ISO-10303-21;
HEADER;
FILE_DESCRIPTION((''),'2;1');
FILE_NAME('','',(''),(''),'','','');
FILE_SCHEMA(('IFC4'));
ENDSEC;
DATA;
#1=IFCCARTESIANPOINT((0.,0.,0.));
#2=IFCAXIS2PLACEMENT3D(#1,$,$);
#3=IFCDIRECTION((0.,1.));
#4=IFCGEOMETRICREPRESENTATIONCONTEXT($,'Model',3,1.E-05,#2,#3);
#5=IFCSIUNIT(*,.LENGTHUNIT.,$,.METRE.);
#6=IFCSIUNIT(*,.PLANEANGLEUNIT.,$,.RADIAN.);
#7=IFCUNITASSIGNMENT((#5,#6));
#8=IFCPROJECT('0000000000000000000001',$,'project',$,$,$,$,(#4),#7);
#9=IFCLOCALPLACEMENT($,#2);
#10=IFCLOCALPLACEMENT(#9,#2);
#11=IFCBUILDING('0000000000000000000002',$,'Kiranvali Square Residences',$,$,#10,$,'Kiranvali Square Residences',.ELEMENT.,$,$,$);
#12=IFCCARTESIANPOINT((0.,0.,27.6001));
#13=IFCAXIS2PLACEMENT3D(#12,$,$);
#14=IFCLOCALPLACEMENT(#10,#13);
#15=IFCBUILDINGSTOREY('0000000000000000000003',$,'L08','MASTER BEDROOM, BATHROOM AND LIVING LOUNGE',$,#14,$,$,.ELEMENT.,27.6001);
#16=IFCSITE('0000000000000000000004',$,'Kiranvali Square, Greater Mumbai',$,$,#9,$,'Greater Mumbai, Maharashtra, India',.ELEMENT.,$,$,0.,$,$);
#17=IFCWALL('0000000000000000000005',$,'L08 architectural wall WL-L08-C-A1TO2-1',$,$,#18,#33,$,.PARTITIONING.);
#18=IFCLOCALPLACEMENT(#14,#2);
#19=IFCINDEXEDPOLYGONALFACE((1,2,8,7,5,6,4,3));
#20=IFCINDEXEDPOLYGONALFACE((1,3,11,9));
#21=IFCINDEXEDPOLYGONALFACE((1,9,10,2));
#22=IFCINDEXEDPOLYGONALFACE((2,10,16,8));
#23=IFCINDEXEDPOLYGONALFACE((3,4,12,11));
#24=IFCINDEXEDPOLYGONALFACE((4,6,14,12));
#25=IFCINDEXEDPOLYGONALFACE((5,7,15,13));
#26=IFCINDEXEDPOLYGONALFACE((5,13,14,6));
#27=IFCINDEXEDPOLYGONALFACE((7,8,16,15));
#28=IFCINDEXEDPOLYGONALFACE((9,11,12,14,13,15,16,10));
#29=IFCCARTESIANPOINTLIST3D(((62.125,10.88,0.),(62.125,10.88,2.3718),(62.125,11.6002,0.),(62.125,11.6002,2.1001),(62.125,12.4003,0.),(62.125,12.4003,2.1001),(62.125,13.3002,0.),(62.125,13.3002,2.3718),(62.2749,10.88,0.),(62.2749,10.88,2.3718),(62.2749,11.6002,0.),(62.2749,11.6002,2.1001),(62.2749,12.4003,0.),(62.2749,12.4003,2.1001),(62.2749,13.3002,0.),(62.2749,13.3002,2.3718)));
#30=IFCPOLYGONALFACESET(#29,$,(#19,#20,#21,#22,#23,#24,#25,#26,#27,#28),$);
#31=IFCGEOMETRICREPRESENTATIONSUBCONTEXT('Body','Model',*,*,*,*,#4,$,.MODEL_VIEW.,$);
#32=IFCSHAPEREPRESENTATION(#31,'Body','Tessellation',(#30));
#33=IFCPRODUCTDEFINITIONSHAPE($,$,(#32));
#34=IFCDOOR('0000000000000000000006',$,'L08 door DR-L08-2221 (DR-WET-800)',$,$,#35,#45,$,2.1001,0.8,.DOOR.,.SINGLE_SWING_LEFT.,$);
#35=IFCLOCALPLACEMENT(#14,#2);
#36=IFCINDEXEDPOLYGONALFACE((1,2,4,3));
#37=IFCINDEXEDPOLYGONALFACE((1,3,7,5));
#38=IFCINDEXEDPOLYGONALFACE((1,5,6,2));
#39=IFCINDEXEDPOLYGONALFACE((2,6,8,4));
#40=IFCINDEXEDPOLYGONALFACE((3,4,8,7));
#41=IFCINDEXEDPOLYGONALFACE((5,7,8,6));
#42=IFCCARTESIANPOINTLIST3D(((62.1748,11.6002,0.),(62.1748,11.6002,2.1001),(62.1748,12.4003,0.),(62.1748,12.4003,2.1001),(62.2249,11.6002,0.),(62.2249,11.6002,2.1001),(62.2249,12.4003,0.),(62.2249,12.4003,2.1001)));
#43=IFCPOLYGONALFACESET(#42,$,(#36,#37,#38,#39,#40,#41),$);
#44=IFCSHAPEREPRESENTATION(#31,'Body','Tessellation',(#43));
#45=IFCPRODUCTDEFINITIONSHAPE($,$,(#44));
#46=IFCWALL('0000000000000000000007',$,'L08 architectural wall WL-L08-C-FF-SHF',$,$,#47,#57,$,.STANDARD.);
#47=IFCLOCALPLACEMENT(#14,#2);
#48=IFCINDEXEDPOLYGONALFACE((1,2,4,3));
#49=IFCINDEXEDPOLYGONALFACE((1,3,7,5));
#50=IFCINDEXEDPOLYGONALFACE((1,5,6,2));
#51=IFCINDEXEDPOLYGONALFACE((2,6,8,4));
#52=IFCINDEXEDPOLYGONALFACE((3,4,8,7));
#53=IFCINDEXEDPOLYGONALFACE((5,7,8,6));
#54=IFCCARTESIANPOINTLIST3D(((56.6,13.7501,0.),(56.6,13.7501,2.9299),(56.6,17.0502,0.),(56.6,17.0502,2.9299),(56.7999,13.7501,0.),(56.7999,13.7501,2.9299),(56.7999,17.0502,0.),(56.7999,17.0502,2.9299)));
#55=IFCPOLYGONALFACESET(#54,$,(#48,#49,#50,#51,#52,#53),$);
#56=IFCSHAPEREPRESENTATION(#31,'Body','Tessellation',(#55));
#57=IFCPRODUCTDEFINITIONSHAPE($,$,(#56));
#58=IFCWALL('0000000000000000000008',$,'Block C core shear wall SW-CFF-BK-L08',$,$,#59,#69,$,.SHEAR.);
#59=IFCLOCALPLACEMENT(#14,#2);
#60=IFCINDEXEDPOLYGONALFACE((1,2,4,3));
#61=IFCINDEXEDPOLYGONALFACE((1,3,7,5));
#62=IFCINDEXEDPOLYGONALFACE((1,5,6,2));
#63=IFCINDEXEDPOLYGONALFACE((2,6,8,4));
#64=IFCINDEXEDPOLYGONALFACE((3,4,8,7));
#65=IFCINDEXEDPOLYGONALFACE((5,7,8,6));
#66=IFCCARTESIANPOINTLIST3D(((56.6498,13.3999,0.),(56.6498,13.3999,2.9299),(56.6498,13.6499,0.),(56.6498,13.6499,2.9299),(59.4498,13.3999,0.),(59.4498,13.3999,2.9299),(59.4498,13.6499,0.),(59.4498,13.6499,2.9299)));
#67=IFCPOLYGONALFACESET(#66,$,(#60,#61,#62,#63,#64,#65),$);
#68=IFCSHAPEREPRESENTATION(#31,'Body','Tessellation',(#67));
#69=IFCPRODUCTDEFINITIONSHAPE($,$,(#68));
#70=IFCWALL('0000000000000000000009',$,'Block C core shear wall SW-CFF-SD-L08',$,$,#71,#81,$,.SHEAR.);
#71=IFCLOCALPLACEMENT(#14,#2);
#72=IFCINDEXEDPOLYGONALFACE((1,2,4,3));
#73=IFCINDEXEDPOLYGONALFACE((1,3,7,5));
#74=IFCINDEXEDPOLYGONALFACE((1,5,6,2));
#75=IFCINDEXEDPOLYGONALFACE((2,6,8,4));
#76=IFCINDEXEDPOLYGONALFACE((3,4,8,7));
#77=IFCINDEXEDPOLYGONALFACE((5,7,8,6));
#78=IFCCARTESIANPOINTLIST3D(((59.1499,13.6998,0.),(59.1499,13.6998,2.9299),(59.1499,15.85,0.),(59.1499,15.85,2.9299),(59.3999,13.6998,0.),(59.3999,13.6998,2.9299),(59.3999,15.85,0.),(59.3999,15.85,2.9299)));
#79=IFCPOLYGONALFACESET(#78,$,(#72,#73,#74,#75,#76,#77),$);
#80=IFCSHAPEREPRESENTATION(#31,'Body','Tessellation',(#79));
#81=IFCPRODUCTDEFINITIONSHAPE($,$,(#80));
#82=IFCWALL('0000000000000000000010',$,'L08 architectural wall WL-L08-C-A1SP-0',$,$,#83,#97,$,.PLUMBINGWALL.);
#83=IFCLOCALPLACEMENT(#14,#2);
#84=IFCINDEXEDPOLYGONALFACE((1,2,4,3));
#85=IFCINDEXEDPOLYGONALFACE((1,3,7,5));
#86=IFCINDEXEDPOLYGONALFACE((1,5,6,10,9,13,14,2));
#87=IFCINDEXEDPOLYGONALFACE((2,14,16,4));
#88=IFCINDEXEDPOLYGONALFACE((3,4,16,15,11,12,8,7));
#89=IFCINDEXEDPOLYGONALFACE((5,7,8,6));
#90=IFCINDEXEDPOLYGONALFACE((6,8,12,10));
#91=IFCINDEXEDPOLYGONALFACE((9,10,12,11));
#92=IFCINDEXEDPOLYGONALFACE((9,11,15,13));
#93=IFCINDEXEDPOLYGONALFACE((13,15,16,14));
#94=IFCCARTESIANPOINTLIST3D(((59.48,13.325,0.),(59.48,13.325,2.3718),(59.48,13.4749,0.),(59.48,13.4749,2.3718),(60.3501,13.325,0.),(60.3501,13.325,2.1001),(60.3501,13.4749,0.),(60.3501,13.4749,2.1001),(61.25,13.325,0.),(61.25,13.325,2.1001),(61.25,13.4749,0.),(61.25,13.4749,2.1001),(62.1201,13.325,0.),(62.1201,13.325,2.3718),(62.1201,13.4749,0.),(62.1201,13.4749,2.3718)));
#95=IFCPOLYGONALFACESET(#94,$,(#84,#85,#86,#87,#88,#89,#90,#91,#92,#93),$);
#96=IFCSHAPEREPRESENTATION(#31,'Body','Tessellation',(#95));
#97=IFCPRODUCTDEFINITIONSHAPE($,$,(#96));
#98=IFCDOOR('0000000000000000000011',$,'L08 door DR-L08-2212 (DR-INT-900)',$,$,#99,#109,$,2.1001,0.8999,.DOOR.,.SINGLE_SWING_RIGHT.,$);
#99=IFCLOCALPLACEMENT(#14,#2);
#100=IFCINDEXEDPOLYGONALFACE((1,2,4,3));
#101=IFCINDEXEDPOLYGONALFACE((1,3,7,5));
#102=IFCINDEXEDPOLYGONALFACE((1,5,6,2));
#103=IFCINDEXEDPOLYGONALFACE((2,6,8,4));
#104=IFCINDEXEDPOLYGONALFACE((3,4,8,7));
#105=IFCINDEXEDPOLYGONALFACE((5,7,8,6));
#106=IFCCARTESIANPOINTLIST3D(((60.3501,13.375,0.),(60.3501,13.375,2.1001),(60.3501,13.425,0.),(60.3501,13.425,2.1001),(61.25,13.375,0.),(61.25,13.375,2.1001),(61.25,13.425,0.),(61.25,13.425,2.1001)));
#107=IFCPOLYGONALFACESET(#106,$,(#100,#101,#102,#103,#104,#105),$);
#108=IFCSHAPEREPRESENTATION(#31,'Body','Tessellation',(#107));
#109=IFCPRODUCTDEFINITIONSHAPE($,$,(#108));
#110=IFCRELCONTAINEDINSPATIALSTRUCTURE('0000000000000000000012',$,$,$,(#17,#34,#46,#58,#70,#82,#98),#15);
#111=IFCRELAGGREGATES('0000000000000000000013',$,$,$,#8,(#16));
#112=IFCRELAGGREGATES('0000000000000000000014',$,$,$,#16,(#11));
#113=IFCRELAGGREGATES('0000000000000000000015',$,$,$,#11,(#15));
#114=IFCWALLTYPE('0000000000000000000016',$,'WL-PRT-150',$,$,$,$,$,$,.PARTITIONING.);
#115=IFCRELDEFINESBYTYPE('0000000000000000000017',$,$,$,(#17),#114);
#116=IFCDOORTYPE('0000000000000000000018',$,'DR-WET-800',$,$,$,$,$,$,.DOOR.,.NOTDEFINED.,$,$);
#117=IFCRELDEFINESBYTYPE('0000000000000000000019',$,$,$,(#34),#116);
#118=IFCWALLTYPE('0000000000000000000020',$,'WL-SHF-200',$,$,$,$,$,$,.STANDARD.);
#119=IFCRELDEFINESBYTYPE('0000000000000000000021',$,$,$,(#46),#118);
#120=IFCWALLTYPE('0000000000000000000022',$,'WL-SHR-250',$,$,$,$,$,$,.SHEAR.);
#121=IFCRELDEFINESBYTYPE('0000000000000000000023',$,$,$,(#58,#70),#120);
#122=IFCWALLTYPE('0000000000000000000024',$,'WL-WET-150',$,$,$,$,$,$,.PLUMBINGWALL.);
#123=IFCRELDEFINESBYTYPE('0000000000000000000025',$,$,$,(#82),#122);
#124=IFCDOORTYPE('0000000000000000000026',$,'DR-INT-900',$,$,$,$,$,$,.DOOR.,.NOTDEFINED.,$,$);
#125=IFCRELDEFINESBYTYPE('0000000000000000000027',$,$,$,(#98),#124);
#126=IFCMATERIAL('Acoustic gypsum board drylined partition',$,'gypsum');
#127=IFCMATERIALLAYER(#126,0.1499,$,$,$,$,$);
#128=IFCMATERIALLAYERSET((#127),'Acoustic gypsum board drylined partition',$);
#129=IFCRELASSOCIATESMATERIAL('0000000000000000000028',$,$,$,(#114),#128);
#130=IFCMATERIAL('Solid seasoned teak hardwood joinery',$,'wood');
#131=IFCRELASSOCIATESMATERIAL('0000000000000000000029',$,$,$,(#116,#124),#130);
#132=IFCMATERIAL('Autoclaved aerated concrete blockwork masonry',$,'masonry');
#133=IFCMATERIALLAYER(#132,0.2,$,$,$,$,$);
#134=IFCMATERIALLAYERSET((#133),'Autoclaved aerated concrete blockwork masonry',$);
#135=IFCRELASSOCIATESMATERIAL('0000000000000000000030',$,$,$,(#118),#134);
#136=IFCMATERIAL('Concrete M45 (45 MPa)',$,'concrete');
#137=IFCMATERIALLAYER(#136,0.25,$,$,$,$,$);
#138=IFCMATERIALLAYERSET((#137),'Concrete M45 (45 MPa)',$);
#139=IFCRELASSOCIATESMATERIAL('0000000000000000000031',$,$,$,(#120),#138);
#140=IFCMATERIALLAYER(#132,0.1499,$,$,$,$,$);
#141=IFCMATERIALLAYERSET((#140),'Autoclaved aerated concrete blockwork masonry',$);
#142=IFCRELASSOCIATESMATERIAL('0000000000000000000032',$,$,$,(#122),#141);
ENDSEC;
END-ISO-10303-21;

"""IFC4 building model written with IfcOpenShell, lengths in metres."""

from ifc_helpers import new_model, si_unit, direction, frame, frame_2d, origin, place, context, subcontext, project, spatial, rectangle, extrude, material, layer, layer_set, type_object, element, fill, save


model = new_model("IFC4")

# Units and contexts
model_context = context("Model", 3, precision=1e-05, world=origin(), true_north=direction((0.0, 1.0)))
body_context = subcontext(model_context, "Body", "Model", "MODEL_VIEW")
ifc_project = project(units=[si_unit("LENGTHUNIT", "METRE"), si_unit("PLANEANGLEUNIT", "RADIAN")], contexts=[model_context])

# Site, building, storey
site_placement = place(None, origin())
site = spatial("IfcSite", under=ifc_project, at=site_placement, Name="Kiranvali Square, Greater Mumbai", LongName="Greater Mumbai, Maharashtra, India", CompositionType="ELEMENT", RefElevation=0.0)
building_placement = place(site_placement, origin())
building = spatial("IfcBuilding", under=site, at=building_placement, Name="Kiranvali Square Residences", LongName="Kiranvali Square Residences", CompositionType="ELEMENT")
storey_placement = place(building_placement, frame((0.0, 0.0, 27.6001)))
storey = spatial("IfcBuildingStorey", under=building, at=storey_placement, Name="L08", Description="MASTER BEDROOM, BATHROOM AND LIVING LOUNGE", CompositionType="ELEMENT", Elevation=27.6001)

# Shared definitions
ifc_material_1 = material(Name="Concrete M45 (45 MPa)", Category="concrete")

# Wall, opening, door
ifc_material_2 = material(Name="Autoclaved aerated concrete blockwork masonry", Category="masonry")
ifc_material_3 = material(Name="Acoustic gypsum board drylined partition", Category="gypsum")
ifc_layer_1 = layer(ifc_material_3, 0.1499)
ifc_layer_set_1 = layer_set([ifc_layer_1], Name="Acoustic gypsum board drylined partition")
wall_type_1 = type_object("IfcWallType", Name="WL-PRT-150", PredefinedType="PARTITIONING", material=ifc_layer_set_1)
ifc_material_4 = material(Name="Solid seasoned teak hardwood joinery", Category="wood")
door_type_1 = type_object("IfcDoorType", Name="DR-WET-800", OperationType="NOTDEFINED", PredefinedType="DOOR", material=ifc_material_4)
wall_1_placement = place(storey_placement, frame((62.2, 13.3, 0.0), z_axis=(0.0, 0.0, 1.0), x_axis=(0.0, -1.0, 0.0)))
wall_1 = element("IfcWall", 1, at=wall_1_placement, inside=storey, type_object=wall_type_1, Name="L08 architectural wall WL-L08-C-A1TO2-1", PredefinedType="PARTITIONING", context=body_context, shape_type="SweptSolid", body=[
    extrude(rectangle(XDim=2.4202, YDim=0.1499, at=frame_2d((1.21, 0.0))), origin(), (0.0, 0.0, 1.0), 2.3718),
])
opening_1_placement = place(wall_1_placement, frame((0.8999, 0.0, 0.0)))
opening_1 = element("IfcOpeningElement", 2, at=opening_1_placement, cuts=wall_1, PredefinedType="OPENING", context=body_context, shape_type="SweptSolid", body=[
    extrude(rectangle(XDim=0.8, YDim=2.1001, at=frame_2d((0.3999, 1.05))), frame((0.0, 0.085, 0.0), z_axis=(0.0, -1.0, 0.0), x_axis=(1.0, 0.0, 0.0)), (0.0, 0.0, 1.0), 0.1699),
])
door_1_placement = place(opening_1_placement, origin())
door_1 = element("IfcDoor", 3, at=door_1_placement, inside=storey, type_object=door_type_1, Name="L08 door DR-L08-2221 (DR-WET-800)", OperationType="SINGLE_SWING_LEFT", OverallHeight=2.1001, OverallWidth=0.8, PredefinedType="DOOR", context=body_context, shape_type="SweptSolid", body=[
    extrude(rectangle(XDim=0.8, YDim=2.1001, at=frame_2d((0.3999, 1.05))), frame((0.0, 0.0249, 0.0), z_axis=(0.0, -1.0, 0.0), x_axis=(1.0, 0.0, 0.0)), (0.0, 0.0, 1.0), 0.05),
])
fill(opening_1, door_1)

# Walls
ifc_layer_2 = layer(ifc_material_2, 0.2)
ifc_layer_set_2 = layer_set([ifc_layer_2], Name="Autoclaved aerated concrete blockwork masonry")
wall_type_2 = type_object("IfcWallType", Name="WL-SHF-200", PredefinedType="STANDARD", material=ifc_layer_set_2)
wall_2_placement = place(storey_placement, frame((56.7, 17.05, 0.0), z_axis=(0.0, 0.0, 1.0), x_axis=(0.0, -1.0, 0.0)))
element("IfcWall", 4, at=wall_2_placement, inside=storey, type_object=wall_type_2, Name="L08 architectural wall WL-L08-C-FF-SHF", PredefinedType="STANDARD", context=body_context, shape_type="SweptSolid", body=[
    extrude(rectangle(XDim=3.3, YDim=0.2, at=frame_2d((1.6499, 0.0))), origin(), (0.0, 0.0, 1.0), 2.9299),
])
ifc_layer_3 = layer(ifc_material_1, 0.25)
ifc_layer_set_3 = layer_set([ifc_layer_3], Name="Concrete M45 (45 MPa)")
wall_type_3 = type_object("IfcWallType", Name="WL-SHR-250", PredefinedType="SHEAR", material=ifc_layer_set_3)
wall_3_placement = place(storey_placement, frame((56.6499, 13.5249, 0.0), z_axis=(0.0, 0.0, 1.0), x_axis=(1.0, 0.0, 0.0)))
element("IfcWall", 5, at=wall_3_placement, inside=storey, type_object=wall_type_3, Name="Block C core shear wall SW-CFF-BK-L08", PredefinedType="SHEAR", context=body_context, shape_type="SweptSolid", body=[
    extrude(rectangle(XDim=2.8, YDim=0.25, at=frame_2d((1.3999, 0.0))), origin(), (0.0, 0.0, 1.0), 2.9299),
])
wall_4_placement = place(storey_placement, frame((59.2749, 15.8501, 0.0), z_axis=(0.0, 0.0, 1.0), x_axis=(0.0, -1.0, 0.0)))
element("IfcWall", 6, at=wall_4_placement, inside=storey, type_object=wall_type_3, Name="Block C core shear wall SW-CFF-SD-L08", PredefinedType="SHEAR", context=body_context, shape_type="SweptSolid", body=[
    extrude(rectangle(XDim=2.1501, YDim=0.25, at=frame_2d((1.0752, 0.0))), origin(), (0.0, 0.0, 1.0), 2.9299),
])

# Wall, opening, door
ifc_layer_4 = layer(ifc_material_2, 0.1499)
ifc_layer_set_4 = layer_set([ifc_layer_4], Name="Autoclaved aerated concrete blockwork masonry")
wall_type_4 = type_object("IfcWallType", Name="WL-WET-150", PredefinedType="PLUMBINGWALL", material=ifc_layer_set_4)
wall_5_placement = place(storey_placement, frame((59.48, 13.3999, 0.0), z_axis=(0.0, 0.0, 1.0), x_axis=(1.0, 0.0, 0.0)))
wall_5 = element("IfcWall", 7, at=wall_5_placement, inside=storey, type_object=wall_type_4, Name="L08 architectural wall WL-L08-C-A1SP-0", PredefinedType="PLUMBINGWALL", context=body_context, shape_type="SweptSolid", body=[
    extrude(rectangle(XDim=2.6401, YDim=0.1499, at=frame_2d((1.3201, 0.0))), origin(), (0.0, 0.0, 1.0), 2.3718),
])
opening_2_placement = place(wall_5_placement, frame((0.8701, 0.0, 0.0)))
opening_2 = element("IfcOpeningElement", 8, at=opening_2_placement, cuts=wall_5, PredefinedType="OPENING", context=body_context, shape_type="SweptSolid", body=[
    extrude(rectangle(XDim=0.8999, YDim=2.1001, at=frame_2d((0.45, 1.05))), frame((0.0, 0.085, 0.0), z_axis=(0.0, -1.0, 0.0), x_axis=(1.0, 0.0, 0.0)), (0.0, 0.0, 1.0), 0.1699),
])
door_type_2 = type_object("IfcDoorType", Name="DR-INT-900", OperationType="NOTDEFINED", PredefinedType="DOOR", material=ifc_material_4)
door_2_placement = place(opening_2_placement, frame((0.8999, 0.0, 0.0), z_axis=(0.0, 0.0, 1.0), x_axis=(-1.0, 0.0, 0.0)))
door_2 = element("IfcDoor", 9, at=door_2_placement, inside=storey, type_object=door_type_2, Name="L08 door DR-L08-2212 (DR-INT-900)", OperationType="SINGLE_SWING_RIGHT", OverallHeight=2.1001, OverallWidth=0.8999, PredefinedType="DOOR", context=body_context, shape_type="SweptSolid", body=[
    extrude(rectangle(XDim=0.8999, YDim=2.1001, at=frame_2d((0.45, 1.05))), frame((0.0, 0.0249, 0.0), z_axis=(0.0, -1.0, 0.0), x_axis=(1.0, 0.0, 0.0)), (0.0, 0.0, 1.0), 0.05),
])
fill(opening_2, door_2)

save(model, "model.ifc")
